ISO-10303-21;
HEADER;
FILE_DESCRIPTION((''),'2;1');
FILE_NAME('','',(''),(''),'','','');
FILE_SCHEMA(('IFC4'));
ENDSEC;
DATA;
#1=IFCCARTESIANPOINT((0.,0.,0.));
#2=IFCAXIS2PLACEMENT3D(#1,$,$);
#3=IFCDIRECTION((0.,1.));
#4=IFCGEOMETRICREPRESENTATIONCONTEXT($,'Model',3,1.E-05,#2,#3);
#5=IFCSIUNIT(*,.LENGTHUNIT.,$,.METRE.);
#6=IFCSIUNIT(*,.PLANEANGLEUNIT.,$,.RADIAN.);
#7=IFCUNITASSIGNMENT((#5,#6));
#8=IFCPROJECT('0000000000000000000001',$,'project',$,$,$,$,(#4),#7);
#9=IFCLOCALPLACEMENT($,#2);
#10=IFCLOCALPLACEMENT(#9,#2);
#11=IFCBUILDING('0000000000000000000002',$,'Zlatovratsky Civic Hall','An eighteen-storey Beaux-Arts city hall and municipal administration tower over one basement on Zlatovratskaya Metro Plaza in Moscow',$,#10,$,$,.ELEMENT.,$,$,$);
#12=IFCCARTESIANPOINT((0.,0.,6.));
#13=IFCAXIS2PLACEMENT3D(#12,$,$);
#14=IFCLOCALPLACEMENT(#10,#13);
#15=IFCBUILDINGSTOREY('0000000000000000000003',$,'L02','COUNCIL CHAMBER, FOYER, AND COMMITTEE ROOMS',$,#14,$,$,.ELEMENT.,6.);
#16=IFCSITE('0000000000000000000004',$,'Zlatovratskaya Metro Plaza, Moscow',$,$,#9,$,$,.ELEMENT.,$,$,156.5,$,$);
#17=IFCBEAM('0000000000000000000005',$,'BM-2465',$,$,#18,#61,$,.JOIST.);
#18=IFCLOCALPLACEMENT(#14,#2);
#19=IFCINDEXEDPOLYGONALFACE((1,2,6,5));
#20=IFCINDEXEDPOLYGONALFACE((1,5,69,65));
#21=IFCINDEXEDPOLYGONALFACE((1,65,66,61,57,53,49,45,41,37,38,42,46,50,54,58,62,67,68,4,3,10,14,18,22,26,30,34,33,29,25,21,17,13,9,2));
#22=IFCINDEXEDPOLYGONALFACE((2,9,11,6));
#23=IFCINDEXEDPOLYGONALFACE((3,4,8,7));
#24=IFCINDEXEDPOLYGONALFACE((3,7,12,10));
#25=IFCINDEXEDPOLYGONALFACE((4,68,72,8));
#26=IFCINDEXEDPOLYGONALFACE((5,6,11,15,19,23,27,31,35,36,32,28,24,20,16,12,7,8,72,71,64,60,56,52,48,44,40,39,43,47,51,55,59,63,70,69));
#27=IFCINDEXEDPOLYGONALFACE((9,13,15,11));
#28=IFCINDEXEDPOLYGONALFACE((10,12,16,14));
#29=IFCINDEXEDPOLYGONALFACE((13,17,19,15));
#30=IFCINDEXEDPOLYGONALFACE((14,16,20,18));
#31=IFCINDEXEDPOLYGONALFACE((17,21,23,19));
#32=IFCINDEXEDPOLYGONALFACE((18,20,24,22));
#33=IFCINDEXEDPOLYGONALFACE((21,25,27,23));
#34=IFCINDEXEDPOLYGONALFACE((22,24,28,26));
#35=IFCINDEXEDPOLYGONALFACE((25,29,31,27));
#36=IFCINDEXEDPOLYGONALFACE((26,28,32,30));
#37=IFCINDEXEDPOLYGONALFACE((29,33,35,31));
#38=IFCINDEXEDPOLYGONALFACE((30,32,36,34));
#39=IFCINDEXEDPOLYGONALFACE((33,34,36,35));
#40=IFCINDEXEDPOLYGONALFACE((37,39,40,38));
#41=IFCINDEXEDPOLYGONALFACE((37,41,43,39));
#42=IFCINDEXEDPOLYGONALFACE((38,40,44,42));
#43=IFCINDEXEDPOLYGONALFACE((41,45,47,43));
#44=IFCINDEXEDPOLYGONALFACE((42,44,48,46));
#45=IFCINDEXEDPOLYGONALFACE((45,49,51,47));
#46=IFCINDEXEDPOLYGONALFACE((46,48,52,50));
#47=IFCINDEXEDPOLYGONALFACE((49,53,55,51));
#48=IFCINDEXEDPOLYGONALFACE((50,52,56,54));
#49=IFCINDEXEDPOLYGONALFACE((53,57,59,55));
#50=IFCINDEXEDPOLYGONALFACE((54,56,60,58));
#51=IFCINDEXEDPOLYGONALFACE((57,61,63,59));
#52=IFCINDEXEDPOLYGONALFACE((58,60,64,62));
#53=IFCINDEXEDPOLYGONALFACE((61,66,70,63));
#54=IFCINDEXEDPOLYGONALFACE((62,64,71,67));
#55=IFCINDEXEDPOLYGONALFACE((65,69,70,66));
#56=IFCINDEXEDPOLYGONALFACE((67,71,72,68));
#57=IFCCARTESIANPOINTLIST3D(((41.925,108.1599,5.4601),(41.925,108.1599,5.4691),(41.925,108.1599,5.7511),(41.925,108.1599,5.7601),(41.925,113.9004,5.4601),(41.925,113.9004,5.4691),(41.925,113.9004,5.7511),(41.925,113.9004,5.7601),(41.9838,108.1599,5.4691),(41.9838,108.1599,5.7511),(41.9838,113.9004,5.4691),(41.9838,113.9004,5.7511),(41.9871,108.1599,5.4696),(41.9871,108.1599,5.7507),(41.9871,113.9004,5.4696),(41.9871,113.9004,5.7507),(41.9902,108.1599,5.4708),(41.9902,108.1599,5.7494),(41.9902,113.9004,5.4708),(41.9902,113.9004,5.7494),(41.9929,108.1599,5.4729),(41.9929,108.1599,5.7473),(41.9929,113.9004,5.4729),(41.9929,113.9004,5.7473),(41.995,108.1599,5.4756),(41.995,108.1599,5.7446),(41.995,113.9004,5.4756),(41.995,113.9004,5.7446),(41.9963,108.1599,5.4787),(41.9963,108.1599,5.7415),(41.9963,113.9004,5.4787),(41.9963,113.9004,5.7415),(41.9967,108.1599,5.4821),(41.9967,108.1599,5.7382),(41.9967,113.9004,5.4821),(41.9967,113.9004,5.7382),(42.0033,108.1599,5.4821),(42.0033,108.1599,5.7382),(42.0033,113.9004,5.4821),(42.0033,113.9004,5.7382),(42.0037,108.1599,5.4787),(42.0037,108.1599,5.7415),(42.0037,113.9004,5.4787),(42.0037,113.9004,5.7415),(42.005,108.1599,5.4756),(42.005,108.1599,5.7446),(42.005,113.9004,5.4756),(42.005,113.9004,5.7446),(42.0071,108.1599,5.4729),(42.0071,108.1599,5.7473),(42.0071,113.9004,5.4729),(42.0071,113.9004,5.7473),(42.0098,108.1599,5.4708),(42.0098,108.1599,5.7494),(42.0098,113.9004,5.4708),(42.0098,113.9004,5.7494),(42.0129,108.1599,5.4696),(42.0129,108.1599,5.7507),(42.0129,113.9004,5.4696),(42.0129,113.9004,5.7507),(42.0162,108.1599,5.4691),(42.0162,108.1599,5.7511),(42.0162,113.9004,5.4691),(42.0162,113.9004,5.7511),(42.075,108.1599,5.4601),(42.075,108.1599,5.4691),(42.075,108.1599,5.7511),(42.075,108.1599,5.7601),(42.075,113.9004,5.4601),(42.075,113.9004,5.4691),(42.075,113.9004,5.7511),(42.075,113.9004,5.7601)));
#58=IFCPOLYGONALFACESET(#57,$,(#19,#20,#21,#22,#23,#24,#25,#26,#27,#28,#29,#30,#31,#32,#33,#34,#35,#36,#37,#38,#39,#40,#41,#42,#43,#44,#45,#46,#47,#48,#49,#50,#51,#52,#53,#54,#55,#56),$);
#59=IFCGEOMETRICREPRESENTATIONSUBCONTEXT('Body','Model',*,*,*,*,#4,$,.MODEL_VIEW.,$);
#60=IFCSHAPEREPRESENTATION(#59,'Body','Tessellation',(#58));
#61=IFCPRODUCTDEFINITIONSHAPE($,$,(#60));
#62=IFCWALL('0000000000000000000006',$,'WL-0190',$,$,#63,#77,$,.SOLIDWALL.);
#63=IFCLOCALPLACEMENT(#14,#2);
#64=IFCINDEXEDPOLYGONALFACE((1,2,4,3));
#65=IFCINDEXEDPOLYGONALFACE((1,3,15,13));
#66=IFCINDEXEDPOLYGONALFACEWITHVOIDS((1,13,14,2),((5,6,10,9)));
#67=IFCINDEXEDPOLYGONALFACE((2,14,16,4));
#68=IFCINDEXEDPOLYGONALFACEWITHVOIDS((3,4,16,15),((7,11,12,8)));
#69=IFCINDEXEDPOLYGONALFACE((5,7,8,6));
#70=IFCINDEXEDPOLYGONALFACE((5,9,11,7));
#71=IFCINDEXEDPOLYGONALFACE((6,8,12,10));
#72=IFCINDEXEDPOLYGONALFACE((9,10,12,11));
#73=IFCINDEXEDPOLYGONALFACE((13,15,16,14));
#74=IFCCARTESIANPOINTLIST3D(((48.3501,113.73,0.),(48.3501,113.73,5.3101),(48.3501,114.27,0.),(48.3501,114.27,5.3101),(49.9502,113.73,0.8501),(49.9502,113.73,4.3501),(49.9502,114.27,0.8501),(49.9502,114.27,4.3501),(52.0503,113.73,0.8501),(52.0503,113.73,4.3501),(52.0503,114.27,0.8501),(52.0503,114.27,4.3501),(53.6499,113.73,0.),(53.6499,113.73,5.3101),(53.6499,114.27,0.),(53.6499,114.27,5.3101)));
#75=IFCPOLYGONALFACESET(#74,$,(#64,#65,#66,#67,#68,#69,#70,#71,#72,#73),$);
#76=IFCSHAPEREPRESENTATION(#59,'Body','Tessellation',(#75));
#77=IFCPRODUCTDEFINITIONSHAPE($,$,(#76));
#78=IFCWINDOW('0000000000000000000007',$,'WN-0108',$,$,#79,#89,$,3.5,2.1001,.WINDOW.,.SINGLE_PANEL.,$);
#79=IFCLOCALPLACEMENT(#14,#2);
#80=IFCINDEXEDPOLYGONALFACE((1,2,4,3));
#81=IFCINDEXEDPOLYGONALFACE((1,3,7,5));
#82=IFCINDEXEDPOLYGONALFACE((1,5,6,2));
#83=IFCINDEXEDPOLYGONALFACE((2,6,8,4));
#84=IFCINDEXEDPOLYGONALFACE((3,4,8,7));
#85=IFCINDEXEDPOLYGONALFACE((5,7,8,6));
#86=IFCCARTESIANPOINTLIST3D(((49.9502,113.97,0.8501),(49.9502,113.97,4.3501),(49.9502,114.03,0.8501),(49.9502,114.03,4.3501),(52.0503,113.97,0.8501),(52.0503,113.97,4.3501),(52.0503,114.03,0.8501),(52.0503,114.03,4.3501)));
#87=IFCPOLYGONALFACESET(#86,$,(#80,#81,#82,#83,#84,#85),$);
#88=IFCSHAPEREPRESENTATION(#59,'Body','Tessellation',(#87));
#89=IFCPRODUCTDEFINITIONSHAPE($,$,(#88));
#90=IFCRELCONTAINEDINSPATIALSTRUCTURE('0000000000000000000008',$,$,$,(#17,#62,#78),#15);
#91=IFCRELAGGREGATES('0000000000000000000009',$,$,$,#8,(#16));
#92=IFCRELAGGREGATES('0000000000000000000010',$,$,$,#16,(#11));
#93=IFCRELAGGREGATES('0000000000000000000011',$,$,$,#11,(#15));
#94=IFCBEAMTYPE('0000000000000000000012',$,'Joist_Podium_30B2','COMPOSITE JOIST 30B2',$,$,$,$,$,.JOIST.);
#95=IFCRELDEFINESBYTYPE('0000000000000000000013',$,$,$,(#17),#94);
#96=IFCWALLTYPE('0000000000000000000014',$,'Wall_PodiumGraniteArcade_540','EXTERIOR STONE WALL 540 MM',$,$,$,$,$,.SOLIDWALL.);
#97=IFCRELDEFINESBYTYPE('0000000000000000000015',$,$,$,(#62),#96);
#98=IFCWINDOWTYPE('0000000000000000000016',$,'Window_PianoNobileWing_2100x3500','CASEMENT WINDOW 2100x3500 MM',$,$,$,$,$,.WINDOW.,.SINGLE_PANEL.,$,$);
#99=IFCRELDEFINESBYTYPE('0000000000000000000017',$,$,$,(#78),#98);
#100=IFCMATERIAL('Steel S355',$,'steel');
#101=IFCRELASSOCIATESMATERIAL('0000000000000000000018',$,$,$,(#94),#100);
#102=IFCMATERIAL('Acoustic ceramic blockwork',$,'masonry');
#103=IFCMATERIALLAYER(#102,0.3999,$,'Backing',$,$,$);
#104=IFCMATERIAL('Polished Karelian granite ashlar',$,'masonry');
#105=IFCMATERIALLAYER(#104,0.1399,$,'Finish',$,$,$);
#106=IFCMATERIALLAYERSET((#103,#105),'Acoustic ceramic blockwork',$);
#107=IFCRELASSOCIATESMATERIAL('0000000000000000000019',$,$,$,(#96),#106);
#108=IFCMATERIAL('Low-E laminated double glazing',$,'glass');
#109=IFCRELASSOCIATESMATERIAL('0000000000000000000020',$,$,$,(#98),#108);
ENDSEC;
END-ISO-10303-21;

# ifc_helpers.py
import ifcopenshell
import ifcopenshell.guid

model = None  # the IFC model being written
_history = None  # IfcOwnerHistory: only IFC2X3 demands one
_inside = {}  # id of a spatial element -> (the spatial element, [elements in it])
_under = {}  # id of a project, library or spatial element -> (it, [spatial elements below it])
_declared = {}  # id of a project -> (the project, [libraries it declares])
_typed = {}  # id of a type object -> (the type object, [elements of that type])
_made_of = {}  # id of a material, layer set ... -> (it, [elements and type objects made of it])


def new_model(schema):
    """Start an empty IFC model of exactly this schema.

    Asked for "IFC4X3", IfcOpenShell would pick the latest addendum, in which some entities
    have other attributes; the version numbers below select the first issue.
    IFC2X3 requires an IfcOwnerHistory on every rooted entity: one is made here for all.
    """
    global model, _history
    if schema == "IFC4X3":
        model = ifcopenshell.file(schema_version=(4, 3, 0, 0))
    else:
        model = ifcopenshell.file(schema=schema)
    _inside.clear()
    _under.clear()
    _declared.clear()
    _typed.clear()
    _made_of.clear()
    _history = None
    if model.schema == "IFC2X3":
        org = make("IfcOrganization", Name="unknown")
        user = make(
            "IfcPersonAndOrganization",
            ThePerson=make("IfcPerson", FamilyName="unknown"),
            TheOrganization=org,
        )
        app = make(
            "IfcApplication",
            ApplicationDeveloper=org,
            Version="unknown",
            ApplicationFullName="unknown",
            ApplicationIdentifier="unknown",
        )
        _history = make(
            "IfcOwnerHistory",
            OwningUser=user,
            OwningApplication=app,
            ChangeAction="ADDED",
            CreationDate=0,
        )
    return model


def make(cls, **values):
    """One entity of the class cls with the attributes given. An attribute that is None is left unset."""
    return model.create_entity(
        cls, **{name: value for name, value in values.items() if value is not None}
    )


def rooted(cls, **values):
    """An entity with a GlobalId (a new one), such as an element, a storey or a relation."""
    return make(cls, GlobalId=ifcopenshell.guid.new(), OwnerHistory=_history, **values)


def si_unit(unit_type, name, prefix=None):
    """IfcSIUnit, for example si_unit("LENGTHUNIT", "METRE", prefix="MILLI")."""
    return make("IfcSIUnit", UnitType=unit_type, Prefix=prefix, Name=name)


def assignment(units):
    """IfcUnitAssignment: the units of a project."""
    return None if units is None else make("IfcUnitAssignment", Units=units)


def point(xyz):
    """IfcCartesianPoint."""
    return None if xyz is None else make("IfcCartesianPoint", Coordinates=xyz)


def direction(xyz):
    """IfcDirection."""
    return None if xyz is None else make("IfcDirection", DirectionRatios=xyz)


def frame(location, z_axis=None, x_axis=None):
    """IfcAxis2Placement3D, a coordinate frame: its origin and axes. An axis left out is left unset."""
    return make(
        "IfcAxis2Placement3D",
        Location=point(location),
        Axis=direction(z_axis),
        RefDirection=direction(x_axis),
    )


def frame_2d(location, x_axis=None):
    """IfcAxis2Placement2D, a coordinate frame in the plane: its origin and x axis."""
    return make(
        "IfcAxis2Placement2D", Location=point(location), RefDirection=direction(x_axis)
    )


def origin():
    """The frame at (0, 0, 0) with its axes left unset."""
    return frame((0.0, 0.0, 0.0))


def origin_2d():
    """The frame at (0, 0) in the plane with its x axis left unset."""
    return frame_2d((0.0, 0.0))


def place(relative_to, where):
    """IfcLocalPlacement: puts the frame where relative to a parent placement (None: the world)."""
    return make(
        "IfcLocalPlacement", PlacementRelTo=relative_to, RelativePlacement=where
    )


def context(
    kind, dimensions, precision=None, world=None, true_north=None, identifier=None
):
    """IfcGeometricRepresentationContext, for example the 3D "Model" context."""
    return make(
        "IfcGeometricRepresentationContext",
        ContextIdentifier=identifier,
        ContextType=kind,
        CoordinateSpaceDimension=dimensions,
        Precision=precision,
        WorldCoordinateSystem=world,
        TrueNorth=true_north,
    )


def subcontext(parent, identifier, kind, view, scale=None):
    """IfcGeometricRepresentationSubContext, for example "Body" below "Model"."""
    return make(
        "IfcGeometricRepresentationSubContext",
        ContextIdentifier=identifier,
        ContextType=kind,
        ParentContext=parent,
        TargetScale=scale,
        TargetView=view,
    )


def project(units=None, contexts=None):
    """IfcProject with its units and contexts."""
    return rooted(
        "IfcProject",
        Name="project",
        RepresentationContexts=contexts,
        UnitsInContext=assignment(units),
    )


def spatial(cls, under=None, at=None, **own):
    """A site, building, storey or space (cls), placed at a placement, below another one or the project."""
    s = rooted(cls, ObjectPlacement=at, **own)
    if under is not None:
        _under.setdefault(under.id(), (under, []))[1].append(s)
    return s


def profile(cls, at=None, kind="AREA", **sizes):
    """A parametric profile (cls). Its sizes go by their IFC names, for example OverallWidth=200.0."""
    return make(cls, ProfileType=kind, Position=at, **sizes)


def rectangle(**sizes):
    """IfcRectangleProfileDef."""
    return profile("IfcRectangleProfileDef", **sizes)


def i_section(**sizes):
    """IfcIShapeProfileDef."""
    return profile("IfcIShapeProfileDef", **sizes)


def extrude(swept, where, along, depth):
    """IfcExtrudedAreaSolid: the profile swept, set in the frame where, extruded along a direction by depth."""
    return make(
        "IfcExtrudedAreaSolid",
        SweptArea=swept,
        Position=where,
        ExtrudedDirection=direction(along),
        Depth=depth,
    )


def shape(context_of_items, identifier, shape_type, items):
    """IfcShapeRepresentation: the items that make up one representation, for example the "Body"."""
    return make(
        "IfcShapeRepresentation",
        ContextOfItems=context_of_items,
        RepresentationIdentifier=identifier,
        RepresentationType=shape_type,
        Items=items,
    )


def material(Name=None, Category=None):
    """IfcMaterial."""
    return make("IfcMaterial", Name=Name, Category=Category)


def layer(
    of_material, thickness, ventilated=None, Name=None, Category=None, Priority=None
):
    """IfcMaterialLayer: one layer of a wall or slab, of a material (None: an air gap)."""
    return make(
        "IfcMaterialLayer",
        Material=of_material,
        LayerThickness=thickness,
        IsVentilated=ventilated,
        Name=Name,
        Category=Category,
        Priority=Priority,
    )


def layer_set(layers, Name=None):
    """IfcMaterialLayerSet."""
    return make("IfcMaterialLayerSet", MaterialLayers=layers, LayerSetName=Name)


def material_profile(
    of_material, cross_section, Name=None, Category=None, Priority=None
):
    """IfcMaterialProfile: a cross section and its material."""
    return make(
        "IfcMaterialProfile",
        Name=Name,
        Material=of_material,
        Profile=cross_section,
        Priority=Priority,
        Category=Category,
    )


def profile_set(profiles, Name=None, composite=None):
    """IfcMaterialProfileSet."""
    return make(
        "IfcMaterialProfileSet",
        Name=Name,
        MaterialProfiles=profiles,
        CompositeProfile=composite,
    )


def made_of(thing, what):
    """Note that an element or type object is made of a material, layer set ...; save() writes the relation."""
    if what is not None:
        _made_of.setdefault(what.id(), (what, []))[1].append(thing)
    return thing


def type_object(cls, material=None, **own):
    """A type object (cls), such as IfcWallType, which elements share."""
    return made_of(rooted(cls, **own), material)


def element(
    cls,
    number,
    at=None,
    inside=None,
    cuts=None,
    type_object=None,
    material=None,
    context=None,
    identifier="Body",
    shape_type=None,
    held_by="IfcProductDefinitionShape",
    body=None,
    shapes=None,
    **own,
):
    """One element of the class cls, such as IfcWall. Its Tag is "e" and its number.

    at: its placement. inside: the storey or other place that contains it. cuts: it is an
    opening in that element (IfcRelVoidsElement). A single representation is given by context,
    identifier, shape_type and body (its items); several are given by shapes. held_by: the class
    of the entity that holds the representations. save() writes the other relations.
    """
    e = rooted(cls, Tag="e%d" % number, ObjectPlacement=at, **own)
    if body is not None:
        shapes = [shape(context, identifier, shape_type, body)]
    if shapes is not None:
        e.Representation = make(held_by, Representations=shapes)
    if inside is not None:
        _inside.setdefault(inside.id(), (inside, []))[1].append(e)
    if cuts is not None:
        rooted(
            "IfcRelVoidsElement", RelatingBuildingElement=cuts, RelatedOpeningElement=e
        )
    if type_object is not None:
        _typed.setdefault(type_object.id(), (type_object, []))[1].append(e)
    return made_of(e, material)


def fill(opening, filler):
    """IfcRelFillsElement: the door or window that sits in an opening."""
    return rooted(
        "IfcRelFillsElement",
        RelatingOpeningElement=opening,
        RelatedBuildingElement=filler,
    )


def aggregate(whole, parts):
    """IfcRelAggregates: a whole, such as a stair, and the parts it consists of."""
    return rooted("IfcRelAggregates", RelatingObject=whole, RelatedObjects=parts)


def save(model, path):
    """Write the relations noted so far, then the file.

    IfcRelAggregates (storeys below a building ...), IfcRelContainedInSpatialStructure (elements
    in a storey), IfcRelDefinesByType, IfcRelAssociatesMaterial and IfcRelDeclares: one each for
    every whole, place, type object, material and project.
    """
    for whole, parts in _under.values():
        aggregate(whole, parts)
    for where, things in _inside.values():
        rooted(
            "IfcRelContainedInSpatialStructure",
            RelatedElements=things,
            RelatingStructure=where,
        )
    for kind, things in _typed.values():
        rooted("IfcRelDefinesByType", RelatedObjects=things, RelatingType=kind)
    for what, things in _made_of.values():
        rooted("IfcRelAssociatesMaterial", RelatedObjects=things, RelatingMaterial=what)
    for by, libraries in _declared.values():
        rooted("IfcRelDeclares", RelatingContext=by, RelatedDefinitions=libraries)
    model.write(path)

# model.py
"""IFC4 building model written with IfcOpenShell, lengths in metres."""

from ifc_helpers import new_model, si_unit, direction, frame, frame_2d, origin, origin_2d, place, context, subcontext, project, spatial, rectangle, i_section, extrude, material, layer, layer_set, material_profile, profile_set, type_object, element, fill, save


model = new_model("IFC4")

# Units and contexts
model_context = context("Model", 3, precision=1e-05, world=origin(), true_north=direction((0.0, 1.0)))
body_context = subcontext(model_context, "Body", "Model", "MODEL_VIEW")
ifc_project = project(units=[si_unit("LENGTHUNIT", "METRE"), si_unit("PLANEANGLEUNIT", "RADIAN")], contexts=[model_context])

# Site, building, storey
site_placement = place(None, origin())
site = spatial("IfcSite", under=ifc_project, at=site_placement, Name="Zlatovratskaya Metro Plaza, Moscow", CompositionType="ELEMENT", RefElevation=156.5)
building_placement = place(site_placement, origin())
building = spatial("IfcBuilding", under=site, at=building_placement, Name="Zlatovratsky Civic Hall", Description="An eighteen-storey Beaux-Arts city hall and municipal administration tower over one basement on Zlatovratskaya Metro Plaza in Moscow", CompositionType="ELEMENT")
storey_placement = place(building_placement, frame((0.0, 0.0, 6.0)))
storey = spatial("IfcBuildingStorey", under=building, at=storey_placement, Name="L02", Description="COUNCIL CHAMBER, FOYER, AND COMMITTEE ROOMS", CompositionType="ELEMENT", Elevation=6.0)

# Shared definitions
ifc_material_1 = material(Name="Steel S355", Category="steel")

# Beam
ifc_material_profile_1 = material_profile(ifc_material_1, i_section(OverallWidth=0.1499, OverallDepth=0.3, WebThickness=0.0066, FlangeThickness=0.009, FilletRadius=0.0129, at=origin_2d()), Name="30B2")
ifc_profile_set_1 = profile_set([ifc_material_profile_1], Name="Steel S355")
beam_type_1 = type_object("IfcBeamType", Name="Joist_Podium_30B2", Description="COMPOSITE JOIST 30B2", PredefinedType="JOIST", material=ifc_profile_set_1)
beam_1_placement = place(storey_placement, frame((42.0, 108.1599, 5.6101), z_axis=(0.0, 1.0, 0.0), x_axis=(-1.0, 0.0, 0.0)))
element("IfcBeam", 1, at=beam_1_placement, inside=storey, type_object=beam_type_1, Name="BM-2465", PredefinedType="JOIST", context=body_context, shape_type="SweptSolid", body=[
    extrude(i_section(OverallWidth=0.1499, OverallDepth=0.3, WebThickness=0.0066, FlangeThickness=0.009, FilletRadius=0.0129, at=origin_2d()), origin(), (0.0, 0.0, 1.0), 5.7405),
])

# Wall, opening, window
ifc_material_2 = material(Name="Acoustic ceramic blockwork", Category="masonry")
ifc_layer_1 = layer(ifc_material_2, 0.3999, Name="Backing")
ifc_material_3 = material(Name="Polished Karelian granite ashlar", Category="masonry")
ifc_layer_2 = layer(ifc_material_3, 0.1399, Name="Finish")
ifc_layer_set = layer_set([ifc_layer_1, ifc_layer_2], Name="Acoustic ceramic blockwork")
wall_type = type_object("IfcWallType", Name="Wall_PodiumGraniteArcade_540", Description="EXTERIOR STONE WALL 540 MM", PredefinedType="SOLIDWALL", material=ifc_layer_set)
wall_placement = place(storey_placement, frame((48.3501, 114.0, 0.0), z_axis=(0.0, 0.0, 1.0), x_axis=(1.0, 0.0, 0.0)))
wall = element("IfcWall", 2, at=wall_placement, inside=storey, type_object=wall_type, Name="WL-0190", PredefinedType="SOLIDWALL", context=body_context, shape_type="SweptSolid", body=[
    extrude(rectangle(XDim=5.2998, YDim=0.54, at=frame_2d((2.6499, 0.0))), origin(), (0.0, 0.0, 1.0), 5.3101),
])
opening_placement = place(wall_placement, frame((1.6001, 0.0, 0.8501)))
opening = element("IfcOpeningElement", 3, at=opening_placement, cuts=wall, PredefinedType="OPENING", context=body_context, shape_type="SweptSolid", body=[
    extrude(rectangle(XDim=2.1001, YDim=3.5, at=frame_2d((1.05, 1.75))), frame((0.0, 0.2849, 0.0), z_axis=(0.0, -1.0, 0.0), x_axis=(1.0, 0.0, 0.0)), (0.0, 0.0, 1.0), 0.5698),
])
ifc_material_4 = material(Name="Low-E laminated double glazing", Category="glass")
window_type = type_object("IfcWindowType", Name="Window_PianoNobileWing_2100x3500", Description="CASEMENT WINDOW 2100x3500 MM", PartitioningType="SINGLE_PANEL", PredefinedType="WINDOW", material=ifc_material_4)
window_placement = place(opening_placement, origin())
window = element("IfcWindow", 4, at=window_placement, inside=storey, type_object=window_type, Name="WN-0108", OverallHeight=3.5, OverallWidth=2.1001, PartitioningType="SINGLE_PANEL", PredefinedType="WINDOW", context=body_context, shape_type="SweptSolid", body=[
    extrude(rectangle(XDim=2.1001, YDim=3.5, at=frame_2d((1.05, 1.75))), frame((0.0, 0.03, 0.0), z_axis=(0.0, -1.0, 0.0), x_axis=(1.0, 0.0, 0.0)), (0.0, 0.0, 1.0), 0.0601),
])
fill(opening, window)

save(model, "model.ifc")
